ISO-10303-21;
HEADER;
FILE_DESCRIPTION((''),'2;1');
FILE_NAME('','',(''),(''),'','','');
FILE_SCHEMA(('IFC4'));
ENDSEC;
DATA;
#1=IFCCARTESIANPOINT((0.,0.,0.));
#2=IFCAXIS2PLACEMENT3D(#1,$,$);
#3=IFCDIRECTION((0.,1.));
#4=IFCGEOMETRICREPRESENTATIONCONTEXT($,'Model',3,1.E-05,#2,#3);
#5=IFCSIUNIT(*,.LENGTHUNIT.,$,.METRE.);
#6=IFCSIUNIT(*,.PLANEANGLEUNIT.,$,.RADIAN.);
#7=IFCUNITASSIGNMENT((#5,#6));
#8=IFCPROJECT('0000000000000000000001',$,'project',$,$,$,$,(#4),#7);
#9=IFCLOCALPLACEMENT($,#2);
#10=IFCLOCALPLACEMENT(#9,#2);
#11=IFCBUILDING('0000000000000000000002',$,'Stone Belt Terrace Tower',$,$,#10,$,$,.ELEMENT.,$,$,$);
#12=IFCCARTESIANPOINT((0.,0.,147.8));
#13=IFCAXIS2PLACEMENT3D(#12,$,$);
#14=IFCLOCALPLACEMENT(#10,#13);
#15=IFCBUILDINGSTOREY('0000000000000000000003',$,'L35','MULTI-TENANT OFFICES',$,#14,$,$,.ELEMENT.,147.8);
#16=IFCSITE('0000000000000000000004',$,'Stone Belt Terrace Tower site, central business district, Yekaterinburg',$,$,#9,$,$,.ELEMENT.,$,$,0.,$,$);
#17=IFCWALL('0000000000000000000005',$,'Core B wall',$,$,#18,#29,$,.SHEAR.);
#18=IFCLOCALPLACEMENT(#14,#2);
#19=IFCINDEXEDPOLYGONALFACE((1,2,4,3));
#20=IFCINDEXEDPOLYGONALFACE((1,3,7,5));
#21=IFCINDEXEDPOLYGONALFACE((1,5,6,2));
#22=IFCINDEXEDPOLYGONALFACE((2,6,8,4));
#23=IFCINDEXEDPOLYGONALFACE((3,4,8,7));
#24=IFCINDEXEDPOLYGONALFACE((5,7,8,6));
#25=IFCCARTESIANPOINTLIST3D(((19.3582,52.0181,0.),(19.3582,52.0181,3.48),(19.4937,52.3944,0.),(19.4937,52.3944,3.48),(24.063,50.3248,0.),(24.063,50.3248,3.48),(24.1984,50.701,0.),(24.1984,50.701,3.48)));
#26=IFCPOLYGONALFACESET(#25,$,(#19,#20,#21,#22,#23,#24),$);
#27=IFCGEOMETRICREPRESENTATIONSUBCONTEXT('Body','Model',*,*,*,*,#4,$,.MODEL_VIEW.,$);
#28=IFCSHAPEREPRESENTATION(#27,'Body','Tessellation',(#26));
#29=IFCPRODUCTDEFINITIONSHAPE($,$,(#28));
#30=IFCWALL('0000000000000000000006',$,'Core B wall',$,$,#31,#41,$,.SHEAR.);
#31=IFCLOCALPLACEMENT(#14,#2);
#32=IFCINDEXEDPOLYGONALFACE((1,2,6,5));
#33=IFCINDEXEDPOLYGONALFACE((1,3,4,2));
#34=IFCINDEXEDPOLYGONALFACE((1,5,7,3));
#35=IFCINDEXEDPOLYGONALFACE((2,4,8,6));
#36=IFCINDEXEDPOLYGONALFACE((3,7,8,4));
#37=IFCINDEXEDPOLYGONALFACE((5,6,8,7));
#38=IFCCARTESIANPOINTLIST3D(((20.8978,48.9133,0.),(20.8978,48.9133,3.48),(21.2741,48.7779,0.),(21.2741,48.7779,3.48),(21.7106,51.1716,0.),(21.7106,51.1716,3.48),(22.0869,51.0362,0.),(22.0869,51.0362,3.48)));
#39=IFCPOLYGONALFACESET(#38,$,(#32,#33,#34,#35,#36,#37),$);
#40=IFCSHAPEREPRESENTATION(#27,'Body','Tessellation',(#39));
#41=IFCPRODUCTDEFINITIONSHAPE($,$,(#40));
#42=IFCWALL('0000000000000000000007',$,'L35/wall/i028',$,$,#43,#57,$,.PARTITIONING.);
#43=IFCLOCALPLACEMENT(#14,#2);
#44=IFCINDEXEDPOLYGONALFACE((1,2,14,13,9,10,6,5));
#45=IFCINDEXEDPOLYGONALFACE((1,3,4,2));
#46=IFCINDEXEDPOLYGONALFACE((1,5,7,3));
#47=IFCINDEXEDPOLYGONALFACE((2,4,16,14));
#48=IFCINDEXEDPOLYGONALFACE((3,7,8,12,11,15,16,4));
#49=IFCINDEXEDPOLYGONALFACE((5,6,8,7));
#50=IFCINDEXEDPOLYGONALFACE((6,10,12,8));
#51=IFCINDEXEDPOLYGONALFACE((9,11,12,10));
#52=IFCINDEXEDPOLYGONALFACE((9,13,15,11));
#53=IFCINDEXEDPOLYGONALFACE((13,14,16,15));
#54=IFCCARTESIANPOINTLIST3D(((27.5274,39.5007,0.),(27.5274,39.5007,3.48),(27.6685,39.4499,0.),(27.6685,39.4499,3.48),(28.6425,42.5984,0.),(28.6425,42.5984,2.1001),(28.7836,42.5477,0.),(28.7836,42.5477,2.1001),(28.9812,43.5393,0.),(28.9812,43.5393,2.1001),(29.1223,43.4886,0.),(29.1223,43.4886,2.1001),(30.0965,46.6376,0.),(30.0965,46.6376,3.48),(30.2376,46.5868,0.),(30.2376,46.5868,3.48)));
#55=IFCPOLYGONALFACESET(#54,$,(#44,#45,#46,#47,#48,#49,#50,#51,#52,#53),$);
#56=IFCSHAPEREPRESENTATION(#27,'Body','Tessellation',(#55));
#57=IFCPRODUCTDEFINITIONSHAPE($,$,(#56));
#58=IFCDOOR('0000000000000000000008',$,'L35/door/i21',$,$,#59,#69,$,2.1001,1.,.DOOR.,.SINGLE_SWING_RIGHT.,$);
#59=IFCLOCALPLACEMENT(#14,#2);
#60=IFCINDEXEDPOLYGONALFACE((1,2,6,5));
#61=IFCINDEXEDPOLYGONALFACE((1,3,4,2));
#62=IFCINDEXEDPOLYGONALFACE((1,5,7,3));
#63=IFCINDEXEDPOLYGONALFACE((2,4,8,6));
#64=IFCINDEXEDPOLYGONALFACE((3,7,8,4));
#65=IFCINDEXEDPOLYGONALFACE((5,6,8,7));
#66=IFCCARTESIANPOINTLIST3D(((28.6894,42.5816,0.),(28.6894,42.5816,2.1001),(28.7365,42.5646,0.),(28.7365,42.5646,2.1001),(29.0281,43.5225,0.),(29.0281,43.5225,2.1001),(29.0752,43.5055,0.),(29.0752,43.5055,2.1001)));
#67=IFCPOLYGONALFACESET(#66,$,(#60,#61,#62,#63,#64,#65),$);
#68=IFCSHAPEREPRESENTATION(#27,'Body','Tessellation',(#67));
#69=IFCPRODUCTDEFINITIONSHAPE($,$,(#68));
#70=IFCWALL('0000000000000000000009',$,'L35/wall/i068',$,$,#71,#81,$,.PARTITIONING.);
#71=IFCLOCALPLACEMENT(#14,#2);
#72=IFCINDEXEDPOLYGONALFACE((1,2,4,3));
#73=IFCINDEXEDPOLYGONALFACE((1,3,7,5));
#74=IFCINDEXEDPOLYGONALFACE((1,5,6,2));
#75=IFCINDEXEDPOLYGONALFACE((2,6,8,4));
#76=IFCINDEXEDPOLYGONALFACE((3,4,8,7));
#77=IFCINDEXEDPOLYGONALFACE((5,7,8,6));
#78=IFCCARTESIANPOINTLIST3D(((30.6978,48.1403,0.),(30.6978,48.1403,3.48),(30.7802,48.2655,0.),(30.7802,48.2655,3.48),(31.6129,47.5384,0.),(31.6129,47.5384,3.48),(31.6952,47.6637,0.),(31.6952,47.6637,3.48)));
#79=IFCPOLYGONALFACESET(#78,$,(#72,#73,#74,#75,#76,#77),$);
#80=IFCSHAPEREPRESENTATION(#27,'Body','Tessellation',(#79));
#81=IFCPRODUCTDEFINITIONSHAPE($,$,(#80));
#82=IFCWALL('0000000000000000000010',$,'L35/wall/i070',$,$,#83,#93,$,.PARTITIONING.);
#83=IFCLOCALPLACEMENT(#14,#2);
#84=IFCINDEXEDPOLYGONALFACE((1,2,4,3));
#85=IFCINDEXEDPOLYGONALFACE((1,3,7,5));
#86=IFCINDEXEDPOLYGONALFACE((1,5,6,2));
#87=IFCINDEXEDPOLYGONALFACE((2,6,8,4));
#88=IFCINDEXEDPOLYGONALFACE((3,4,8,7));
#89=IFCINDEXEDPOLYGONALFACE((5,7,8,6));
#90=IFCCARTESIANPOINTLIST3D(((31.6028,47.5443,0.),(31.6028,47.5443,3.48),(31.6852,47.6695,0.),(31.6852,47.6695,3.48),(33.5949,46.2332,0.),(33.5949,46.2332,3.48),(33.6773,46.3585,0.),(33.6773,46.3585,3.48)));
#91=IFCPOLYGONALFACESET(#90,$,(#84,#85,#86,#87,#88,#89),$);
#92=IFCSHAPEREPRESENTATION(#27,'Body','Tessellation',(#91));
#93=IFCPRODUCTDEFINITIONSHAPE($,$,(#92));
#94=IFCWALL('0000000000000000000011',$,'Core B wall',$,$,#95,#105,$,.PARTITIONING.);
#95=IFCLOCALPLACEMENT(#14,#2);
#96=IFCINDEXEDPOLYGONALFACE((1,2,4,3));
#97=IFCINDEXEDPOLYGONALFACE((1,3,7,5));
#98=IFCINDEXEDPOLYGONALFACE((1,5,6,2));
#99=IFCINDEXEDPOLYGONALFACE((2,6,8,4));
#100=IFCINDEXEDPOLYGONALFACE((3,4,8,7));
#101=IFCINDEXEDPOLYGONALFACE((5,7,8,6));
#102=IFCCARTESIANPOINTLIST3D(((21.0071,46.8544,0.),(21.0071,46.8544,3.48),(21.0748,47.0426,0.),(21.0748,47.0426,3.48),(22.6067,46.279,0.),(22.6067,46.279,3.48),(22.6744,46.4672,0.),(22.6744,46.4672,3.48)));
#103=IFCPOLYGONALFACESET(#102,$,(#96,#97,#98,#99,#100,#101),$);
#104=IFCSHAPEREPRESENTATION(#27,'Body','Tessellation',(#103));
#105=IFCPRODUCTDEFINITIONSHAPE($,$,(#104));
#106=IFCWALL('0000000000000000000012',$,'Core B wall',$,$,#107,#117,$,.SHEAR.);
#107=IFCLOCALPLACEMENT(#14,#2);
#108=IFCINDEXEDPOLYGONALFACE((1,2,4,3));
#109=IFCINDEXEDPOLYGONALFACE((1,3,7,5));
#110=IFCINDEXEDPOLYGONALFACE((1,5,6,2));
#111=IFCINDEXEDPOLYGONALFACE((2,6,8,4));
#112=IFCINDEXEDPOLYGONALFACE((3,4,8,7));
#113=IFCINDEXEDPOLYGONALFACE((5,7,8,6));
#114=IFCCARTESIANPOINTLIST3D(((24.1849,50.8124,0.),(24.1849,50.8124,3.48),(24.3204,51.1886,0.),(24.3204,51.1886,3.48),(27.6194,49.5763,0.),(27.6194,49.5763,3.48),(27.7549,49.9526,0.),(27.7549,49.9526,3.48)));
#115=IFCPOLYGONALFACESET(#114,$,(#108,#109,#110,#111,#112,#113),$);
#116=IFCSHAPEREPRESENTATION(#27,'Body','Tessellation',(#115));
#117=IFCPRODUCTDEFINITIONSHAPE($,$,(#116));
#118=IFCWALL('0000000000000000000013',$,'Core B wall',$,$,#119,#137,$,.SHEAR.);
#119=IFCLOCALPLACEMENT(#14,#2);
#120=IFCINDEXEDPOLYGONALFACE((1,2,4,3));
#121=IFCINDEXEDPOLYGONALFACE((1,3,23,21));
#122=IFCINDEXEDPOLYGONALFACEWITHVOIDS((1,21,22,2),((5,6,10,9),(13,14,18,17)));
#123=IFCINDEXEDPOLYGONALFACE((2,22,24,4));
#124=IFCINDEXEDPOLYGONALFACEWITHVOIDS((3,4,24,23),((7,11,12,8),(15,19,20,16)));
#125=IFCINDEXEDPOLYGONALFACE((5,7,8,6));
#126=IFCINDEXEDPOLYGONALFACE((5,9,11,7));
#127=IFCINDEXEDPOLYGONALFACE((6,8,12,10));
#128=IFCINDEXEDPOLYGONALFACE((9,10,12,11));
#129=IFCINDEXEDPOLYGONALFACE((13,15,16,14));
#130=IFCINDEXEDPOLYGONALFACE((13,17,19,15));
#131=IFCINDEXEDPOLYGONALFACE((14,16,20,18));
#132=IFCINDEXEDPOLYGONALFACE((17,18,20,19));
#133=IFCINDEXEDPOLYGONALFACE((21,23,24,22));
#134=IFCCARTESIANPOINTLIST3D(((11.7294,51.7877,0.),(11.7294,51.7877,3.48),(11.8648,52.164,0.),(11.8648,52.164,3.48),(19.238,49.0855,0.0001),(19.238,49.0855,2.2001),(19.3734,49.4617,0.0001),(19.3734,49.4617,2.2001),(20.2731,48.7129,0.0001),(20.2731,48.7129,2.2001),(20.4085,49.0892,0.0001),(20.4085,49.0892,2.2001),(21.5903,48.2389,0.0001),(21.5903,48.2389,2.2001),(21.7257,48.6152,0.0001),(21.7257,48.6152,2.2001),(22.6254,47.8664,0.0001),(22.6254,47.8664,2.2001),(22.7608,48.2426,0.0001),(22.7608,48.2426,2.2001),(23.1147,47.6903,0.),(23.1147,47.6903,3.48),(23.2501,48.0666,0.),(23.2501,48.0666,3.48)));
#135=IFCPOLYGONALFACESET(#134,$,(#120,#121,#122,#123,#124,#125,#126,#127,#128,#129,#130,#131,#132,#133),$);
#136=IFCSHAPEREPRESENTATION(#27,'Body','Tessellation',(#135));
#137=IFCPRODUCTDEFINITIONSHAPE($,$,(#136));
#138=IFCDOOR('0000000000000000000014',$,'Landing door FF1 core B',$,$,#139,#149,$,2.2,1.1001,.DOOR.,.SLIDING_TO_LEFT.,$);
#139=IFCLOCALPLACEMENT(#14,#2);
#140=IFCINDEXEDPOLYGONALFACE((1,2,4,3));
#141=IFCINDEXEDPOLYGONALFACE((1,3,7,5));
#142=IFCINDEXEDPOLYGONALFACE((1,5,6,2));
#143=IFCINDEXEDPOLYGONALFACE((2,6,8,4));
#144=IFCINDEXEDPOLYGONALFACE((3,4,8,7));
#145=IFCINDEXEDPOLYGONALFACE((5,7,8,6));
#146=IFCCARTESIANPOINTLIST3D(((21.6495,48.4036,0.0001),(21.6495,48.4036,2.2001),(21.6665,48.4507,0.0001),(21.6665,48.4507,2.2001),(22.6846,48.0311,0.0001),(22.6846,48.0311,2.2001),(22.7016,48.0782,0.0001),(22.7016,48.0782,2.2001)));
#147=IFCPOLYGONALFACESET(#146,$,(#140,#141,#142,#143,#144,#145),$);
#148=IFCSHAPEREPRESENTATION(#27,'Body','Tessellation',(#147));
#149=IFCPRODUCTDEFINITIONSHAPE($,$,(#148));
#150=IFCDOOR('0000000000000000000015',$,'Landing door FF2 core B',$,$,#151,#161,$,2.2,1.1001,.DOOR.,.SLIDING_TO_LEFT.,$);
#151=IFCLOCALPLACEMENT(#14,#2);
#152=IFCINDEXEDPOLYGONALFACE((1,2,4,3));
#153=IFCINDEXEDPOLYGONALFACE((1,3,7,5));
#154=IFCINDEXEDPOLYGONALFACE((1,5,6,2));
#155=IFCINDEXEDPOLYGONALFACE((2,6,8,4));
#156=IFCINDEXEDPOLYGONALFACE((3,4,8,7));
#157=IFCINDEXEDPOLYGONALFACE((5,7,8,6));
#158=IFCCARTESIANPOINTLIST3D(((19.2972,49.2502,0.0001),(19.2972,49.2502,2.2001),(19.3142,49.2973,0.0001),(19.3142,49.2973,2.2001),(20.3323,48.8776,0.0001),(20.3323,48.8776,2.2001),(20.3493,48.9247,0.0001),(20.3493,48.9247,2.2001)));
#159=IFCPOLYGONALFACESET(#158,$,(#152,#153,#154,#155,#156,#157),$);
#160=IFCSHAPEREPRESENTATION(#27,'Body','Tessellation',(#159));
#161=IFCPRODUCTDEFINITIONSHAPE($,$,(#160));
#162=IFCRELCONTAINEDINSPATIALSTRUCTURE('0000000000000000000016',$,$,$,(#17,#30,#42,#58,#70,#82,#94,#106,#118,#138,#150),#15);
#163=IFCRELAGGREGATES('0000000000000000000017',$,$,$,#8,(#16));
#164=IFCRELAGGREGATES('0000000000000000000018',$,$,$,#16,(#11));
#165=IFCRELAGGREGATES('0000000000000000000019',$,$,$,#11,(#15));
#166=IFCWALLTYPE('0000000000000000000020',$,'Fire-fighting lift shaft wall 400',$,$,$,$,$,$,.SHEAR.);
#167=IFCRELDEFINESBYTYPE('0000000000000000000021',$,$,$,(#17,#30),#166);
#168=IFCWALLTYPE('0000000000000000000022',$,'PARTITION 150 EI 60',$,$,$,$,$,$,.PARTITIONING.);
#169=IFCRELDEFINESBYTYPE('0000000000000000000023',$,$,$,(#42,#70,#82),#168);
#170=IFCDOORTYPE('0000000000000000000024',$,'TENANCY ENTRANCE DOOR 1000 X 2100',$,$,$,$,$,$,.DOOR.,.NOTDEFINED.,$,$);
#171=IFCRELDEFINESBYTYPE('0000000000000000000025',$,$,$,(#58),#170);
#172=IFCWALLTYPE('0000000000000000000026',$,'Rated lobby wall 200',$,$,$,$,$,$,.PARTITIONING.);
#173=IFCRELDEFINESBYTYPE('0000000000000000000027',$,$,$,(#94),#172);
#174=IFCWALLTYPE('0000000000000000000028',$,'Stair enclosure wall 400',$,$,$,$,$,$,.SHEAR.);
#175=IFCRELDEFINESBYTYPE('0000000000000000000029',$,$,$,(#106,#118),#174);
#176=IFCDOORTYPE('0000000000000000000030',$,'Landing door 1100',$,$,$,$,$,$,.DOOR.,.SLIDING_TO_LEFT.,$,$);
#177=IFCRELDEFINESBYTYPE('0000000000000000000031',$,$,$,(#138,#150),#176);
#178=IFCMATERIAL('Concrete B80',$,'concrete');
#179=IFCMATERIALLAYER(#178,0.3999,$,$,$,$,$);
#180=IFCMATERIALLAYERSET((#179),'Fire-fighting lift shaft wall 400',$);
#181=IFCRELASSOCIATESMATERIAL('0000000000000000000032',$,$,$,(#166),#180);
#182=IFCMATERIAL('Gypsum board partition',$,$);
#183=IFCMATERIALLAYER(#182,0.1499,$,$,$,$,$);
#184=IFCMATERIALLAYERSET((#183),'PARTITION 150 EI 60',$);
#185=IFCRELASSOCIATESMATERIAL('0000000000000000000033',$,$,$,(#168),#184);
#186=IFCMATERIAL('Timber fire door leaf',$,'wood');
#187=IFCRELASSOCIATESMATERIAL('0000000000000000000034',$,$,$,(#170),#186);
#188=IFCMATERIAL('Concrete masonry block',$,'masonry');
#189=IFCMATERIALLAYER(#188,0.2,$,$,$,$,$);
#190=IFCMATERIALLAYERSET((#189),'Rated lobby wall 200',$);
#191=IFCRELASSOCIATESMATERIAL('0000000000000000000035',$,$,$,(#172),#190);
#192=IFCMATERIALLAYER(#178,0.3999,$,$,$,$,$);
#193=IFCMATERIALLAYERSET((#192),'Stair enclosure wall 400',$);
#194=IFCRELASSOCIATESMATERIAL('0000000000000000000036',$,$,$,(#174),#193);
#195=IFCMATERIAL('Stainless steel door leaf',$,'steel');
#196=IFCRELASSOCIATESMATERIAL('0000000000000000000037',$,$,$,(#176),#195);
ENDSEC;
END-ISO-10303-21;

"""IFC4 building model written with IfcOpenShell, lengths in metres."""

from ifc_helpers import new_model, si_unit, direction, frame, frame_2d, origin, place, context, subcontext, project, spatial, rectangle, extrude, material, layer, layer_set, type_object, element, fill, save


model = new_model("IFC4")

# Units and contexts
model_context = context("Model", 3, precision=1e-05, world=origin(), true_north=direction((0.0, 1.0)))
body_context = subcontext(model_context, "Body", "Model", "MODEL_VIEW")
ifc_project = project(units=[si_unit("LENGTHUNIT", "METRE"), si_unit("PLANEANGLEUNIT", "RADIAN")], contexts=[model_context])

# Site, building, storey
site_placement = place(None, origin())
site = spatial("IfcSite", under=ifc_project, at=site_placement, Name="Stone Belt Terrace Tower site, central business district, Yekaterinburg", CompositionType="ELEMENT", RefElevation=0.0)
building_placement = place(site_placement, origin())
building = spatial("IfcBuilding", under=site, at=building_placement, Name="Stone Belt Terrace Tower", CompositionType="ELEMENT")
storey_placement = place(building_placement, frame((0.0, 0.0, 147.8)))
storey = spatial("IfcBuildingStorey", under=building, at=storey_placement, Name="L35", Description="MULTI-TENANT OFFICES", CompositionType="ELEMENT", Elevation=147.8)

# Walls
ifc_material_1 = material(Name="Concrete B80", Category="concrete")
ifc_layer_1 = layer(ifc_material_1, 0.3999)
ifc_layer_set_1 = layer_set([ifc_layer_1], Name="Fire-fighting lift shaft wall 400")
wall_type_1 = type_object("IfcWallType", Name="Fire-fighting lift shaft wall 400", PredefinedType="SHEAR", material=ifc_layer_set_1)
wall_1_placement = place(storey_placement, frame((24.1306, 50.5129, 0.0), z_axis=(0.0, 0.0, 1.0), x_axis=(-0.940912, 0.338652, 0.0)))
element("IfcWall", 1, at=wall_1_placement, inside=storey, type_object=wall_type_1, Name="Core B wall", PredefinedType="SHEAR", context=body_context, shape_type="SweptSolid", body=[
    extrude(rectangle(XDim=5.0002, YDim=0.3999, at=frame_2d((2.5, 0.0))), origin(), (0.0, 0.0, 1.0), 3.48),
])
wall_2_placement = place(storey_placement, frame((21.0859, 48.8455, 0.0), z_axis=(0.0, 0.0, 1.0), x_axis=(0.338629, 0.94092, 0.0)))
element("IfcWall", 2, at=wall_2_placement, inside=storey, type_object=wall_type_1, Name="Core B wall", PredefinedType="SHEAR", context=body_context, shape_type="SweptSolid", body=[
    extrude(rectangle(XDim=2.4001, YDim=0.3999, at=frame_2d((1.2002, 0.0))), origin(), (0.0, 0.0, 1.0), 3.48),
])

# Wall, opening, door
ifc_material_2 = material(Name="Gypsum board partition")
ifc_layer_2 = layer(ifc_material_2, 0.1499)
ifc_layer_set_2 = layer_set([ifc_layer_2], Name="PARTITION 150 EI 60")
wall_type_2 = type_object("IfcWallType", Name="PARTITION 150 EI 60", PredefinedType="PARTITIONING", material=ifc_layer_set_2)
wall_3_placement = place(storey_placement, frame((30.167, 46.6121, 0.0), z_axis=(0.0, 0.0, 1.0), x_axis=(-0.338694, -0.940896, 0.0)))
wall_3 = element("IfcWall", 3, at=wall_3_placement, inside=storey, type_object=wall_type_2, Name="L35/wall/i028", PredefinedType="PARTITIONING", context=body_context, shape_type="SweptSolid", body=[
    extrude(rectangle(XDim=7.5852, YDim=0.1499, at=frame_2d((3.7925, 0.0))), origin(), (0.0, 0.0, 1.0), 3.48),
])
opening_1_placement = place(wall_3_placement, frame((3.2927, 0.0, 0.0)))
opening_1 = element("IfcOpeningElement", 4, at=opening_1_placement, cuts=wall_3, PredefinedType="OPENING", context=body_context, shape_type="SweptSolid", body=[
    extrude(rectangle(XDim=1.0, YDim=2.1001, at=frame_2d((0.5, 1.05))), frame((0.0, 0.085, 0.0), z_axis=(0.0, -1.0, 0.0), x_axis=(1.0, 0.0, 0.0)), (0.0, 0.0, 1.0), 0.1699),
])
ifc_material_3 = material(Name="Timber fire door leaf", Category="wood")
door_type_1 = type_object("IfcDoorType", Name="TENANCY ENTRANCE DOOR 1000 X 2100", OperationType="NOTDEFINED", PredefinedType="DOOR", material=ifc_material_3)
door_1_placement = place(opening_1_placement, origin())
door_1 = element("IfcDoor", 5, at=door_1_placement, inside=storey, type_object=door_type_1, Name="L35/door/i21", OperationType="SINGLE_SWING_RIGHT", OverallHeight=2.1001, OverallWidth=1.0, PredefinedType="DOOR", context=body_context, shape_type="SweptSolid", body=[
    extrude(rectangle(XDim=1.0, YDim=2.1001, at=frame_2d((0.5, 1.05))), frame((0.0, 0.0249, 0.0), z_axis=(0.0, -1.0, 0.0), x_axis=(1.0, 0.0, 0.0)), (0.0, 0.0, 1.0), 0.05),
])
fill(opening_1, door_1)

# Walls
wall_4_placement = place(storey_placement, frame((30.739, 48.2029, 0.0), z_axis=(0.0, 0.0, 1.0), x_axis=(0.835498, -0.549494, 0.0)))
element("IfcWall", 6, at=wall_4_placement, inside=storey, type_object=wall_type_2, Name="L35/wall/i068", PredefinedType="PARTITIONING", context=body_context, shape_type="SweptSolid", body=[
    extrude(rectangle(XDim=1.0952, YDim=0.1499, at=frame_2d((0.5476, 0.0))), origin(), (0.0, 0.0, 1.0), 3.48),
])
wall_5_placement = place(storey_placement, frame((31.644, 47.6069, 0.0), z_axis=(0.0, 0.0, 1.0), x_axis=(0.835312, -0.549776, 0.0)))
element("IfcWall", 7, at=wall_5_placement, inside=storey, type_object=wall_type_2, Name="L35/wall/i070", PredefinedType="PARTITIONING", context=body_context, shape_type="SweptSolid", body=[
    extrude(rectangle(XDim=2.3848, YDim=0.1499, at=frame_2d((1.1924, 0.0))), origin(), (0.0, 0.0, 1.0), 3.48),
])
ifc_material_4 = material(Name="Concrete masonry block", Category="masonry")
ifc_layer_3 = layer(ifc_material_4, 0.2)
ifc_layer_set_3 = layer_set([ifc_layer_3], Name="Rated lobby wall 200")
wall_type_3 = type_object("IfcWallType", Name="Rated lobby wall 200", PredefinedType="PARTITIONING", material=ifc_layer_set_3)
wall_6_placement = place(storey_placement, frame((22.6406, 46.373, 0.0), z_axis=(0.0, 0.0, 1.0), x_axis=(-0.940966, 0.338501, 0.0)))
element("IfcWall", 8, at=wall_6_placement, inside=storey, type_object=wall_type_3, Name="Core B wall", PredefinedType="PARTITIONING", context=body_context, shape_type="SweptSolid", body=[
    extrude(rectangle(XDim=1.7, YDim=0.2, at=frame_2d((0.8501, 0.0))), origin(), (0.0, 0.0, 1.0), 3.48),
])
ifc_layer_4 = layer(ifc_material_1, 0.3999)
ifc_layer_set_4 = layer_set([ifc_layer_4], Name="Stair enclosure wall 400")
wall_type_4 = type_object("IfcWallType", Name="Stair enclosure wall 400", PredefinedType="SHEAR", material=ifc_layer_set_4)
wall_7_placement = place(storey_placement, frame((27.6873, 49.7644, 0.0), z_axis=(0.0, 0.0, 1.0), x_axis=(-0.940919, 0.338632, 0.0)))
element("IfcWall", 9, at=wall_7_placement, inside=storey, type_object=wall_type_4, Name="Core B wall", PredefinedType="SHEAR", context=body_context, shape_type="SweptSolid", body=[
    extrude(rectangle(XDim=3.6501, YDim=0.3999, at=frame_2d((1.8252, 0.0))), origin(), (0.0, 0.0, 1.0), 3.48),
])

# Wall, openings, doors
wall_8_placement = place(storey_placement, frame((23.1824, 47.8784, 0.0), z_axis=(0.0, 0.0, 1.0), x_axis=(-0.940921, 0.338626, 0.0)))
wall_8 = element("IfcWall", 10, at=wall_8_placement, inside=storey, type_object=wall_type_4, Name="Core B wall", PredefinedType="SHEAR", context=body_context, shape_type="SweptSolid", body=[
    extrude(rectangle(XDim=12.1001, YDim=0.3999, at=frame_2d((6.05, 0.0))), origin(), (0.0, 0.0, 1.0), 3.48),
])
opening_2_placement = place(wall_8_placement, frame((0.52, 0.0, 0.0)))
opening_2 = element("IfcOpeningElement", 11, at=opening_2_placement, cuts=wall_8, PredefinedType="OPENING", context=body_context, shape_type="SweptSolid", body=[
    extrude(rectangle(XDim=1.1001, YDim=2.2, at=frame_2d((0.55, 1.1001))), frame((0.0, 0.21, 0.0), z_axis=(0.0, -1.0, 0.0), x_axis=(1.0, 0.0, 0.0)), (0.0, 0.0, 1.0), 0.4199),
])
opening_3_placement = place(wall_8_placement, frame((3.02, 0.0, 0.0)))
opening_3 = element("IfcOpeningElement", 12, at=opening_3_placement, cuts=wall_8, PredefinedType="OPENING", context=body_context, shape_type="SweptSolid", body=[
    extrude(rectangle(XDim=1.1001, YDim=2.2, at=frame_2d((0.55, 1.1001))), frame((0.0, 0.21, 0.0), z_axis=(0.0, -1.0, 0.0), x_axis=(1.0, 0.0, 0.0)), (0.0, 0.0, 1.0), 0.4199),
])
ifc_material_5 = material(Name="Stainless steel door leaf", Category="steel")
door_type_2 = type_object("IfcDoorType", Name="Landing door 1100", OperationType="SLIDING_TO_LEFT", PredefinedType="DOOR", material=ifc_material_5)
door_2_placement = place(opening_2_placement, origin())
door_2 = element("IfcDoor", 13, at=door_2_placement, inside=storey, type_object=door_type_2, Name="Landing door FF1 core B", OperationType="SLIDING_TO_LEFT", OverallHeight=2.2, OverallWidth=1.1001, PredefinedType="DOOR", context=body_context, shape_type="SweptSolid", body=[
    extrude(rectangle(XDim=1.1001, YDim=2.2, at=frame_2d((0.55, 1.1001))), frame((0.0, 0.0249, 0.0), z_axis=(0.0, -1.0, 0.0), x_axis=(1.0, 0.0, 0.0)), (0.0, 0.0, 1.0), 0.05),
])
fill(opening_2, door_2)
door_3_placement = place(opening_3_placement, origin())
door_3 = element("IfcDoor", 14, at=door_3_placement, inside=storey, type_object=door_type_2, Name="Landing door FF2 core B", OperationType="SLIDING_TO_LEFT", OverallHeight=2.2, OverallWidth=1.1001, PredefinedType="DOOR", context=body_context, shape_type="SweptSolid", body=[
    extrude(rectangle(XDim=1.1001, YDim=2.2, at=frame_2d((0.55, 1.1001))), frame((0.0, 0.0249, 0.0), z_axis=(0.0, -1.0, 0.0), x_axis=(1.0, 0.0, 0.0)), (0.0, 0.0, 1.0), 0.05),
])
fill(opening_3, door_3)

save(model, "model.ifc")
